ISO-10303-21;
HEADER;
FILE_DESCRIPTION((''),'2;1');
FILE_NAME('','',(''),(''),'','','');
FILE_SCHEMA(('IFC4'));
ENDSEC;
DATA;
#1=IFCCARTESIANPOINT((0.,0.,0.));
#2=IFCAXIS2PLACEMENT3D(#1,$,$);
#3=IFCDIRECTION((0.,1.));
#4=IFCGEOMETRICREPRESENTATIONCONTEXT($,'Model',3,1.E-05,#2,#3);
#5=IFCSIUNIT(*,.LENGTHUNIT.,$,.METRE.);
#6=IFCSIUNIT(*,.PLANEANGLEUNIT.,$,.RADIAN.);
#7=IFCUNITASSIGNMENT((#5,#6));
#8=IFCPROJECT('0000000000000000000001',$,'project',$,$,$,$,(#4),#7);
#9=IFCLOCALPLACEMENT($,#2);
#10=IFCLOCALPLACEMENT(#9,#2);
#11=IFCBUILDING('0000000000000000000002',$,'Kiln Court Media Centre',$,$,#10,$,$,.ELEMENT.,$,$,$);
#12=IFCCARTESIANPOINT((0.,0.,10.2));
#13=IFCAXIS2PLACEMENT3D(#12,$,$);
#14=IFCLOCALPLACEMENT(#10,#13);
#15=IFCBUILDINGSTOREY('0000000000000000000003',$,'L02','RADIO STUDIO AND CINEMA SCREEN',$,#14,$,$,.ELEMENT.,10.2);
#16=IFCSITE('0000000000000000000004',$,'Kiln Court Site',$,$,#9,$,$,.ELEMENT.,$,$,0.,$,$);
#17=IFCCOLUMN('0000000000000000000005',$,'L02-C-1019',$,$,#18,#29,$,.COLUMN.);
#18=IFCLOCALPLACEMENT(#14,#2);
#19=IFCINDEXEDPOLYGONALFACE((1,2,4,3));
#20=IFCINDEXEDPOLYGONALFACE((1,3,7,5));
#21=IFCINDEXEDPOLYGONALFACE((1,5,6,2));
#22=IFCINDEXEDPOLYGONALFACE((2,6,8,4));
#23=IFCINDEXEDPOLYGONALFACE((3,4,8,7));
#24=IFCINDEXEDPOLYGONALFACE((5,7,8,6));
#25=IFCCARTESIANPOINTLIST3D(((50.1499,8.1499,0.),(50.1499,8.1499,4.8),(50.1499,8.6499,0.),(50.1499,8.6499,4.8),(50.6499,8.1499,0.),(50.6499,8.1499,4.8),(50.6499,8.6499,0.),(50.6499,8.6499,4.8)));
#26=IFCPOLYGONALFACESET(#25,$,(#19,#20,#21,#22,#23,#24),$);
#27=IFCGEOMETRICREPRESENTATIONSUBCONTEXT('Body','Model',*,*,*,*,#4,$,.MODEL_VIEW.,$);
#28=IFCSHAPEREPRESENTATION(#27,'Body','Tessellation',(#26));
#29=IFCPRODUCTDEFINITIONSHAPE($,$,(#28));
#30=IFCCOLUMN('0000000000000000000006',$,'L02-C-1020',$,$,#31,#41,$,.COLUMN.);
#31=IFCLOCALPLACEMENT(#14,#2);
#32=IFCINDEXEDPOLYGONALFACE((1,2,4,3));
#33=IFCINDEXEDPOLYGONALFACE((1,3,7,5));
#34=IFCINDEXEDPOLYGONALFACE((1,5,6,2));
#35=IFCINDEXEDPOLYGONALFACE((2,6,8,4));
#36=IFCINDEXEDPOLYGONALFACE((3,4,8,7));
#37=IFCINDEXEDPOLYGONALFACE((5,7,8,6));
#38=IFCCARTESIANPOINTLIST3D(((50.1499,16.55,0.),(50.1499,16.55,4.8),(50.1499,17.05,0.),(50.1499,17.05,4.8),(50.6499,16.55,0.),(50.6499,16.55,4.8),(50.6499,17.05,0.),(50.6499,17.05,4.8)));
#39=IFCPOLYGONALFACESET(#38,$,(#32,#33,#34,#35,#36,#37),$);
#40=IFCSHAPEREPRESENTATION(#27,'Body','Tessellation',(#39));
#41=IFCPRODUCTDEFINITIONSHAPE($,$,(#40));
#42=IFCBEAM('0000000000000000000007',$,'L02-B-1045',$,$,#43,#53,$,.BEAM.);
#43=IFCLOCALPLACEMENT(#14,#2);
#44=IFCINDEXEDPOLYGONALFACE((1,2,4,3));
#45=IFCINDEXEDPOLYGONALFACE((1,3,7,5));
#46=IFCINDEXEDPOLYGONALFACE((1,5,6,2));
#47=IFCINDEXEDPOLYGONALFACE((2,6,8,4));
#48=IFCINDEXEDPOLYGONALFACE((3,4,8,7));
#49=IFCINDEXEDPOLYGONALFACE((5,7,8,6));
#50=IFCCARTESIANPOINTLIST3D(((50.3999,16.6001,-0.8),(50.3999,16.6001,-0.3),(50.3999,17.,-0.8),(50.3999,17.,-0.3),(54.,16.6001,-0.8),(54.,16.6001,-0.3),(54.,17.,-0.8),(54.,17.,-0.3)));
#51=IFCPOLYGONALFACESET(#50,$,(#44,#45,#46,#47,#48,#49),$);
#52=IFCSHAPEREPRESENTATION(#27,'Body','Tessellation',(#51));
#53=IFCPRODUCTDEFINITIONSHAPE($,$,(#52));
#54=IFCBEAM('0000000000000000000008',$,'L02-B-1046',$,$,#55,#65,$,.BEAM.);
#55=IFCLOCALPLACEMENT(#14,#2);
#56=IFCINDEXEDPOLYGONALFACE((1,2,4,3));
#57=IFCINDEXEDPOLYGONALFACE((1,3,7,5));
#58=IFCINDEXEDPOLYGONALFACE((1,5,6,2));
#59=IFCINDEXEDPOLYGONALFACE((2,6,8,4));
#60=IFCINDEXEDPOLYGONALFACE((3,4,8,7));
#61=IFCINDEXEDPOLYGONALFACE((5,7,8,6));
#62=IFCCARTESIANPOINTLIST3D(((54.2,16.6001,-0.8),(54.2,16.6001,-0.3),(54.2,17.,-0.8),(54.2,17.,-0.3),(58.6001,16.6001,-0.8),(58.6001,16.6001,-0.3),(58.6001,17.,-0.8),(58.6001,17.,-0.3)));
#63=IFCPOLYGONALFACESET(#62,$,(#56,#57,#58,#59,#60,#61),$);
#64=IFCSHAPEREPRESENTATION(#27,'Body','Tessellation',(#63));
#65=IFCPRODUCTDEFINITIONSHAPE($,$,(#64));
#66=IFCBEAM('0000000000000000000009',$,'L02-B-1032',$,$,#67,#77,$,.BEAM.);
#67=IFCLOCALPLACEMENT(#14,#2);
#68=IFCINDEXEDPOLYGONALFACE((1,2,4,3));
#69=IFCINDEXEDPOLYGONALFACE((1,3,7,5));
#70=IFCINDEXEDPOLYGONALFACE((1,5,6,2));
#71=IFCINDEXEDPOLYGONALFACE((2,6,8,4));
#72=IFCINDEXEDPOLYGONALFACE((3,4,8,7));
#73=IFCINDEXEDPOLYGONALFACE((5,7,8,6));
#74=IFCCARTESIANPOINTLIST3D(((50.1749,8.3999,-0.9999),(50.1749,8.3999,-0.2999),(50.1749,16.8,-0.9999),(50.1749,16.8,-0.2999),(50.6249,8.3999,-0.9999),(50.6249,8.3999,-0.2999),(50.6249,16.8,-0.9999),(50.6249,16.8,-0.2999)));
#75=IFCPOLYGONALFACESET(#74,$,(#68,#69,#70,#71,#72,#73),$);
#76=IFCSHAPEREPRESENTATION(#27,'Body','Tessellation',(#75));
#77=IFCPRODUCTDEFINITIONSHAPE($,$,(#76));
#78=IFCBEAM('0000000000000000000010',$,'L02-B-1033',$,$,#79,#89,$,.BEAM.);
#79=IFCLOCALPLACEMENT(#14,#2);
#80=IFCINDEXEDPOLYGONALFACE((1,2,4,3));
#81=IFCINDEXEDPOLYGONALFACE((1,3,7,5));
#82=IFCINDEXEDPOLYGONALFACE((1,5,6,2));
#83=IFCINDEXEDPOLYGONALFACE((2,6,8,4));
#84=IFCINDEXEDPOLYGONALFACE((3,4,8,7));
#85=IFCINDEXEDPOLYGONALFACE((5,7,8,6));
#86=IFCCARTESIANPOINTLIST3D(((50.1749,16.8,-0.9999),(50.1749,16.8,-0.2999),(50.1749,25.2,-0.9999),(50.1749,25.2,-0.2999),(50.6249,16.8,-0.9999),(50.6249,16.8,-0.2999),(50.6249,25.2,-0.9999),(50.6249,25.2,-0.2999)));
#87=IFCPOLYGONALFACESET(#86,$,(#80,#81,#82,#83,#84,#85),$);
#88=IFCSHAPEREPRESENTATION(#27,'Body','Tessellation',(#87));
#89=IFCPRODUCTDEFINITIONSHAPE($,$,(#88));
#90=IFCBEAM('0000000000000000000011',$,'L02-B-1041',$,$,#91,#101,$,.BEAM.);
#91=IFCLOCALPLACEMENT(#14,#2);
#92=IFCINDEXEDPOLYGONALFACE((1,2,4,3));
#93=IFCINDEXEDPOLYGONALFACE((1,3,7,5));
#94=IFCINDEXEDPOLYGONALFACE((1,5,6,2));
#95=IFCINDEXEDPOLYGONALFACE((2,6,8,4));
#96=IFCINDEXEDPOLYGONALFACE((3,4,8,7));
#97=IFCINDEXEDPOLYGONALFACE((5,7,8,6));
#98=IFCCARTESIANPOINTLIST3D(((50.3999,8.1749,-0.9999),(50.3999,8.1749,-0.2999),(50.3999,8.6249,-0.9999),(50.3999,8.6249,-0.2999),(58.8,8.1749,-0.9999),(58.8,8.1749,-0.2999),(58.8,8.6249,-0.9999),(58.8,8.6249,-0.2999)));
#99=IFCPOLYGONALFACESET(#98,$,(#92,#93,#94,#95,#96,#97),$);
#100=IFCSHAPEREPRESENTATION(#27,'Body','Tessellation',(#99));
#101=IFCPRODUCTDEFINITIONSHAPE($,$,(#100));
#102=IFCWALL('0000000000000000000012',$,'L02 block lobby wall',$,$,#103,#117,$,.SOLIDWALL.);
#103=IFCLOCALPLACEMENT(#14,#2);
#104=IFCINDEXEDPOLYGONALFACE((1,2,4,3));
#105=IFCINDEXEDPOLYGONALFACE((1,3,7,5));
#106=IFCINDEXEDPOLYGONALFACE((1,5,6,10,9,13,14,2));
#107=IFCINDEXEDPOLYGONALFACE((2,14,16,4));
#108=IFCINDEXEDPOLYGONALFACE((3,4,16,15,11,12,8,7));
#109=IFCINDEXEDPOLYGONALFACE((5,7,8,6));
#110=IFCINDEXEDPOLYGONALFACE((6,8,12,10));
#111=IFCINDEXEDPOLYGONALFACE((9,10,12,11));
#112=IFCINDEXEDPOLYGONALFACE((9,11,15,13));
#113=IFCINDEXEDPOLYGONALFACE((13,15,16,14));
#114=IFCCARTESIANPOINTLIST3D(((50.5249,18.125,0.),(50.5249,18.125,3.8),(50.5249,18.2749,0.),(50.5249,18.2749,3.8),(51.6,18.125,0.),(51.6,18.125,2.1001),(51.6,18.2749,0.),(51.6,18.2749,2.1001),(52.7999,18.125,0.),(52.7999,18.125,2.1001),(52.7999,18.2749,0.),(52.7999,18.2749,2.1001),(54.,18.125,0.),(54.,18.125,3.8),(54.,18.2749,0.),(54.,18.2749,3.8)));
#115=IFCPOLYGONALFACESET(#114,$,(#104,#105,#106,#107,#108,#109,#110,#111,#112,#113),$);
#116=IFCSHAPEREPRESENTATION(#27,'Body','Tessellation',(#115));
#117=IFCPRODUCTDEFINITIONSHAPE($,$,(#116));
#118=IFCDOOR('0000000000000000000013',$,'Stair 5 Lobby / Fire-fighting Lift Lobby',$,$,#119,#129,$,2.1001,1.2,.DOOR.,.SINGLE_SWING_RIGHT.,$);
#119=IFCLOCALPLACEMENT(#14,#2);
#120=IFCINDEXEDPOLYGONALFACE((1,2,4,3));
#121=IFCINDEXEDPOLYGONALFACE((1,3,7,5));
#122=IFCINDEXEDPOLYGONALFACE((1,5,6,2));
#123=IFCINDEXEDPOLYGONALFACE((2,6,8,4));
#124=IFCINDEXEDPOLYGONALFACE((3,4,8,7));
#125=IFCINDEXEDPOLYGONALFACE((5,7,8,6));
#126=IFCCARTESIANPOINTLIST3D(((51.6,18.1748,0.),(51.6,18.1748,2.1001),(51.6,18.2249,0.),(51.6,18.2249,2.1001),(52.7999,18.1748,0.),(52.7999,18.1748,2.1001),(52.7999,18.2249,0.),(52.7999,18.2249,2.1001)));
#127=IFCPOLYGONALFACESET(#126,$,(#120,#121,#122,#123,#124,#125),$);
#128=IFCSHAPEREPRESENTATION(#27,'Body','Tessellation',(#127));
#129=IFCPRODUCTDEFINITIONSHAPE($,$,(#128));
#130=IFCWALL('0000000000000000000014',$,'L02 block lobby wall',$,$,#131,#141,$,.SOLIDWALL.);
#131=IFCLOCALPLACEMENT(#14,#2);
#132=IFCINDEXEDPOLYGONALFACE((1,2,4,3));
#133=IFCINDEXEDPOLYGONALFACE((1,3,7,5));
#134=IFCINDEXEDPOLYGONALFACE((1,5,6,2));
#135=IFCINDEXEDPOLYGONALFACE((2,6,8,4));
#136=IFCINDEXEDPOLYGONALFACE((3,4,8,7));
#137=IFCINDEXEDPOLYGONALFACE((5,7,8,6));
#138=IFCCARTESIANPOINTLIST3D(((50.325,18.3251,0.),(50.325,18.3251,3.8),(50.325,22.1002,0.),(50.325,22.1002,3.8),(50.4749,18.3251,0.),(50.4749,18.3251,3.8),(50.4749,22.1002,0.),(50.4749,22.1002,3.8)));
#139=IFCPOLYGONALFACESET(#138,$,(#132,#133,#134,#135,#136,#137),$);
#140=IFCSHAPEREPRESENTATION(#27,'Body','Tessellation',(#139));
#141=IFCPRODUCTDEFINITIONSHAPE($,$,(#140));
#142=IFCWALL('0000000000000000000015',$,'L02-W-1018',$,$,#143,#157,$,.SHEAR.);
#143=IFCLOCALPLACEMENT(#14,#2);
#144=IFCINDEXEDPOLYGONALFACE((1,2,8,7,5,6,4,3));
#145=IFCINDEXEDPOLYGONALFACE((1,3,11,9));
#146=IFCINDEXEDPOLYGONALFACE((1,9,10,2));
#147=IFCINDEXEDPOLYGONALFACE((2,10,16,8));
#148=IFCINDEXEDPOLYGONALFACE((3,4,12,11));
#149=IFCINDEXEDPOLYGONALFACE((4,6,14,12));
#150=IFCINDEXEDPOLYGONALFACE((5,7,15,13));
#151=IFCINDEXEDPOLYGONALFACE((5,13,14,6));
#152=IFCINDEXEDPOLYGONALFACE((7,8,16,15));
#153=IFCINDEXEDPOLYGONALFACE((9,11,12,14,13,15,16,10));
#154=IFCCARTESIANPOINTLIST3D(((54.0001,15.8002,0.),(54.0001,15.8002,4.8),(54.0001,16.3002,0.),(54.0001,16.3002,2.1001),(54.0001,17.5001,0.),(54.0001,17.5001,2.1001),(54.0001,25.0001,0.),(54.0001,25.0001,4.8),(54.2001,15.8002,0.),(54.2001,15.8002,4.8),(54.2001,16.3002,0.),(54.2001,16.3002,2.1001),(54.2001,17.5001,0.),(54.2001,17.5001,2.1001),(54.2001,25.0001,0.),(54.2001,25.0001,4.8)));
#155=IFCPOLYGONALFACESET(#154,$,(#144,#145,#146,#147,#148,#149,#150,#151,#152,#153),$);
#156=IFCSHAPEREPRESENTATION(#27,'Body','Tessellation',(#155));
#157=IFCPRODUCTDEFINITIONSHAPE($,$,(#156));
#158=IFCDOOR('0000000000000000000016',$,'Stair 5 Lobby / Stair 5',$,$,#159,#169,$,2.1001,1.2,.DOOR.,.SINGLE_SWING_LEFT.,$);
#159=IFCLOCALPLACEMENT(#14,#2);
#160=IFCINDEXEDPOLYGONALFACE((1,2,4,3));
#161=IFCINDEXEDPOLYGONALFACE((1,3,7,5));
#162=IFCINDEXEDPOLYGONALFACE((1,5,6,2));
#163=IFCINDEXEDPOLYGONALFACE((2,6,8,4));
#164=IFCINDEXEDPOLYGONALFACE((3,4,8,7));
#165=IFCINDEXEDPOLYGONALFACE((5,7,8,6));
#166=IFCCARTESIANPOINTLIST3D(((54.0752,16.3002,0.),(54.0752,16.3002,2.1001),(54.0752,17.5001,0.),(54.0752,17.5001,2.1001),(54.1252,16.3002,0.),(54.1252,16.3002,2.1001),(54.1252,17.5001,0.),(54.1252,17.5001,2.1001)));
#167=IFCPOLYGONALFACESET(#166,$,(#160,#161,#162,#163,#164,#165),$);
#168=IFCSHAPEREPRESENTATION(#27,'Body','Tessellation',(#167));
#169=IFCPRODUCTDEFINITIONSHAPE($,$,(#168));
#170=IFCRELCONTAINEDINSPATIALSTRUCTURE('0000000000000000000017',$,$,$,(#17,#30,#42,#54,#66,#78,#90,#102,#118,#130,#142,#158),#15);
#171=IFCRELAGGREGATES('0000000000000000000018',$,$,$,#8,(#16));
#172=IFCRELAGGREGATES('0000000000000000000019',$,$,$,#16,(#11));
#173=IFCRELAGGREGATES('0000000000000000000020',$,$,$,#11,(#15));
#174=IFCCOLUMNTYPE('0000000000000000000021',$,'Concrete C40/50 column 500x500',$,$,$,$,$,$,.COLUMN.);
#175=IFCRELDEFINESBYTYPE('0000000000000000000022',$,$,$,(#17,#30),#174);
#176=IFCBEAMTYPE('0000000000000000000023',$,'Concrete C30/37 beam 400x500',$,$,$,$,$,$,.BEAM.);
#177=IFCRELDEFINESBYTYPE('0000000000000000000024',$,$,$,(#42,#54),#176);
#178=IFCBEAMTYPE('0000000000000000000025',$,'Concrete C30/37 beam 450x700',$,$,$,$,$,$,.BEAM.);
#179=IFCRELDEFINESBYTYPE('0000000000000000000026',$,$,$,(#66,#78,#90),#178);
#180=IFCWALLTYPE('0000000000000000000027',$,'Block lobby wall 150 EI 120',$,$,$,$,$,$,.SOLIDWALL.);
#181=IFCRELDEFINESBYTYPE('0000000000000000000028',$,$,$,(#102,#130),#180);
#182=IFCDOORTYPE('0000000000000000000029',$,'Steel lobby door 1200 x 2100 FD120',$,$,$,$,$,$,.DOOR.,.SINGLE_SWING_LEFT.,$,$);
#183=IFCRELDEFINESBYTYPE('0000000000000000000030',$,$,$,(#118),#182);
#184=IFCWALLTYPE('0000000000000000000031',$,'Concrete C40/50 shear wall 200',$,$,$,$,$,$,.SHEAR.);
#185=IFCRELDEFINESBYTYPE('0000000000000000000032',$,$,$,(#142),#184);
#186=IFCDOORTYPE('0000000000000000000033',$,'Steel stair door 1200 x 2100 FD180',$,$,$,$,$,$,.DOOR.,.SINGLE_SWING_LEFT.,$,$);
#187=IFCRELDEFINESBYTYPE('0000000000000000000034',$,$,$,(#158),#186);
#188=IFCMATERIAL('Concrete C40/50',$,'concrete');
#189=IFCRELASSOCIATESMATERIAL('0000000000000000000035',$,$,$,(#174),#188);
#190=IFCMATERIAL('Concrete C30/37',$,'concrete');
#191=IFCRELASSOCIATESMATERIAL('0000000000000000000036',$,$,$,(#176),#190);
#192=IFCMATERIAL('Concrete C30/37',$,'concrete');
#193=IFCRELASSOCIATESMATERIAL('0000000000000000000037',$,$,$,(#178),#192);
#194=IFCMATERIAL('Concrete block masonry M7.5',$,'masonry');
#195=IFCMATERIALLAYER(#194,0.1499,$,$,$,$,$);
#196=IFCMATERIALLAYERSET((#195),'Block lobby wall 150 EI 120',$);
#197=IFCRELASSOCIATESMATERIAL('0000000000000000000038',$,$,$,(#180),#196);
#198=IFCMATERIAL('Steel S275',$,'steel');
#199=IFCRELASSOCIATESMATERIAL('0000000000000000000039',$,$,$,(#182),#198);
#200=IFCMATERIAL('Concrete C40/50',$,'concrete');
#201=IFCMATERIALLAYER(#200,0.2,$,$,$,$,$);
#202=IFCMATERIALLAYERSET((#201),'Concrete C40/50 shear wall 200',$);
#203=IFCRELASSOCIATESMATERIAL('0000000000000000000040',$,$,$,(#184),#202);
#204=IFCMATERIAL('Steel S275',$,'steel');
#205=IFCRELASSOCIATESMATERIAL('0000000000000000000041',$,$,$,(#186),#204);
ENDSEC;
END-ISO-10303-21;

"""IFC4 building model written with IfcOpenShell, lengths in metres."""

from ifc_helpers import new_model, si_unit, direction, frame, frame_2d, origin, origin_2d, place, context, subcontext, project, spatial, rectangle, extrude, material, layer, layer_set, material_profile, profile_set, type_object, element, fill, save


model = new_model("IFC4")

# Units and contexts
model_context = context("Model", 3, precision=1e-05, world=origin(), true_north=direction((0.0, 1.0)))
body_context = subcontext(model_context, "Body", "Model", "MODEL_VIEW")
ifc_project = project(units=[si_unit("LENGTHUNIT", "METRE"), si_unit("PLANEANGLEUNIT", "RADIAN")], contexts=[model_context])

# Site, building, storey
site_placement = place(None, origin())
site = spatial("IfcSite", under=ifc_project, at=site_placement, Name="Kiln Court Site", CompositionType="ELEMENT", RefElevation=0.0)
building_placement = place(site_placement, origin())
building = spatial("IfcBuilding", under=site, at=building_placement, Name="Kiln Court Media Centre", CompositionType="ELEMENT")
storey_placement = place(building_placement, frame((0.0, 0.0, 10.2)))
storey = spatial("IfcBuildingStorey", under=building, at=storey_placement, Name="L02", Description="RADIO STUDIO AND CINEMA SCREEN", CompositionType="ELEMENT", Elevation=10.2)

# Columns
ifc_material_1 = material(Name="Concrete C40/50", Category="concrete")
ifc_material_profile_1 = material_profile(ifc_material_1, rectangle(XDim=0.5, YDim=0.5, at=origin_2d()), Name="RC 500x500")
ifc_profile_set_1 = profile_set([ifc_material_profile_1], Name="Concrete C40/50")
column_type = type_object("IfcColumnType", Name="Concrete C40/50 column 500x500", PredefinedType="COLUMN", material=ifc_profile_set_1)
for number, where, z_axis, x_axis, name in (
    (1, (50.3999, 8.3999, 0.0), (0.0, 0.0, 1.0), (1.0, 0.0, 0.0), "L02-C-1019"),
    (2, (50.3999, 16.8, 0.0), (0.0, 0.0, 1.0), (1.0, 0.0, 0.0), "L02-C-1020"),
):
    element("IfcColumn", number, at=place(storey_placement, frame(where, z_axis=z_axis, x_axis=x_axis)), inside=storey, type_object=column_type, Name=name, PredefinedType="COLUMN", context=body_context, shape_type="SweptSolid", body=[
        extrude(rectangle(XDim=0.5, YDim=0.5, at=origin_2d()), origin(), (0.0, 0.0, 1.0), 4.8),
    ])

# Beams
ifc_material_2 = material(Name="Concrete C30/37", Category="concrete")
ifc_material_profile_2 = material_profile(ifc_material_2, rectangle(XDim=0.3999, YDim=0.5, at=origin_2d()), Name="RC 400x500")
ifc_profile_set_2 = profile_set([ifc_material_profile_2], Name="Concrete C30/37")
beam_type_1 = type_object("IfcBeamType", Name="Concrete C30/37 beam 400x500", PredefinedType="BEAM", material=ifc_profile_set_2)
beam_1_placement = place(storey_placement, frame((50.3999, 16.8, -0.55), z_axis=(1.0, 0.0, 0.0), x_axis=(0.0, 1.0, 0.0)))
element("IfcBeam", 3, at=beam_1_placement, inside=storey, type_object=beam_type_1, Name="L02-B-1045", PredefinedType="BEAM", context=body_context, shape_type="SweptSolid", body=[
    extrude(rectangle(XDim=0.3999, YDim=0.5, at=origin_2d()), origin(), (0.0, 0.0, 1.0), 3.6001),
])
beam_2_placement = place(storey_placement, frame((54.2, 16.8, -0.55), z_axis=(1.0, 0.0, 0.0), x_axis=(0.0, 1.0, 0.0)))
element("IfcBeam", 4, at=beam_2_placement, inside=storey, type_object=beam_type_1, Name="L02-B-1046", PredefinedType="BEAM", context=body_context, shape_type="SweptSolid", body=[
    extrude(rectangle(XDim=0.3999, YDim=0.5, at=origin_2d()), origin(), (0.0, 0.0, 1.0), 4.4001),
])
ifc_material_3 = material(Name="Concrete C30/37", Category="concrete")
ifc_material_profile_3 = material_profile(ifc_material_3, rectangle(XDim=0.45, YDim=0.7, at=origin_2d()), Name="RC 450x700")
ifc_profile_set_3 = profile_set([ifc_material_profile_3], Name="Concrete C30/37")
beam_type_2 = type_object("IfcBeamType", Name="Concrete C30/37 beam 450x700", PredefinedType="BEAM", material=ifc_profile_set_3)
beam_3_placement = place(storey_placement, frame((50.3999, 8.3999, -0.6499), z_axis=(0.0, 1.0, 0.0), x_axis=(-1.0, 0.0, 0.0)))
element("IfcBeam", 5, at=beam_3_placement, inside=storey, type_object=beam_type_2, Name="L02-B-1032", PredefinedType="BEAM", context=body_context, shape_type="SweptSolid", body=[
    extrude(rectangle(XDim=0.45, YDim=0.7, at=origin_2d()), origin(), (0.0, 0.0, 1.0), 8.4001),
])
beam_4_placement = place(storey_placement, frame((50.3999, 16.8, -0.6499), z_axis=(0.0, 1.0, 0.0), x_axis=(-1.0, 0.0, 0.0)))
element("IfcBeam", 6, at=beam_4_placement, inside=storey, type_object=beam_type_2, Name="L02-B-1033", PredefinedType="BEAM", context=body_context, shape_type="SweptSolid", body=[
    extrude(rectangle(XDim=0.45, YDim=0.7, at=origin_2d()), origin(), (0.0, 0.0, 1.0), 8.3999),
])
beam_5_placement = place(storey_placement, frame((50.3999, 8.3999, -0.6499), z_axis=(1.0, 0.0, 0.0), x_axis=(0.0, 1.0, 0.0)))
element("IfcBeam", 7, at=beam_5_placement, inside=storey, type_object=beam_type_2, Name="L02-B-1041", PredefinedType="BEAM", context=body_context, shape_type="SweptSolid", body=[
    extrude(rectangle(XDim=0.45, YDim=0.7, at=origin_2d()), origin(), (0.0, 0.0, 1.0), 8.4001),
])

# Wall, opening, door
ifc_material_4 = material(Name="Concrete block masonry M7.5", Category="masonry")
ifc_layer_1 = layer(ifc_material_4, 0.1499)
ifc_layer_set_1 = layer_set([ifc_layer_1], Name="Block lobby wall 150 EI 120")
wall_type_1 = type_object("IfcWallType", Name="Block lobby wall 150 EI 120", PredefinedType="SOLIDWALL", material=ifc_layer_set_1)
wall_1_placement = place(storey_placement, frame((50.5249, 18.2, 0.0), z_axis=(0.0, 0.0, 1.0), x_axis=(1.0, 0.0, 0.0)))
wall_1 = element("IfcWall", 8, at=wall_1_placement, inside=storey, type_object=wall_type_1, Name="L02 block lobby wall", PredefinedType="SOLIDWALL", context=body_context, shape_type="SweptSolid", body=[
    extrude(rectangle(XDim=3.4751, YDim=0.1499, at=frame_2d((1.7375, 0.0))), origin(), (0.0, 0.0, 1.0), 3.8),
])
opening_1_placement = place(wall_1_placement, frame((1.075, 0.0, 0.0)))
opening_1 = element("IfcOpeningElement", 9, at=opening_1_placement, cuts=wall_1, PredefinedType="OPENING", context=body_context, shape_type="SweptSolid", body=[
    extrude(rectangle(XDim=1.2, YDim=2.1001, at=frame_2d((0.6001, 1.05))), frame((0.0, 0.085, 0.0), z_axis=(0.0, -1.0, 0.0), x_axis=(1.0, 0.0, 0.0)), (0.0, 0.0, 1.0), 0.1699),
])
ifc_material_5 = material(Name="Steel S275", Category="steel")
door_type_1 = type_object("IfcDoorType", Name="Steel lobby door 1200 x 2100 FD120", OperationType="SINGLE_SWING_LEFT", PredefinedType="DOOR", material=ifc_material_5)
door_1_placement = place(opening_1_placement, origin())
door_1 = element("IfcDoor", 10, at=door_1_placement, inside=storey, type_object=door_type_1, Name="Stair 5 Lobby / Fire-fighting Lift Lobby", OperationType="SINGLE_SWING_RIGHT", OverallHeight=2.1001, OverallWidth=1.2, PredefinedType="DOOR", context=body_context, shape_type="SweptSolid", body=[
    extrude(rectangle(XDim=1.2, YDim=2.1001, at=frame_2d((0.6001, 1.05))), frame((0.0, 0.0249, 0.0), z_axis=(0.0, -1.0, 0.0), x_axis=(1.0, 0.0, 0.0)), (0.0, 0.0, 1.0), 0.05),
])
fill(opening_1, door_1)

# Wall
wall_2_placement = place(storey_placement, frame((50.3999, 18.325, 0.0), z_axis=(0.0, 0.0, 1.0), x_axis=(0.0, 1.0, 0.0)))
element("IfcWall", 11, at=wall_2_placement, inside=storey, type_object=wall_type_1, Name="L02 block lobby wall", PredefinedType="SOLIDWALL", context=body_context, shape_type="SweptSolid", body=[
    extrude(rectangle(XDim=3.7751, YDim=0.1499, at=frame_2d((1.8877, 0.0))), origin(), (0.0, 0.0, 1.0), 3.8),
])

# Wall, opening, door
ifc_material_6 = material(Name="Concrete C40/50", Category="concrete")
ifc_layer_2 = layer(ifc_material_6, 0.2)
ifc_layer_set_2 = layer_set([ifc_layer_2], Name="Concrete C40/50 shear wall 200")
wall_type_2 = type_object("IfcWallType", Name="Concrete C40/50 shear wall 200", PredefinedType="SHEAR", material=ifc_layer_set_2)
wall_3_placement = place(storey_placement, frame((54.1001, 15.8, 0.0), z_axis=(0.0, 0.0, 1.0), x_axis=(0.0, 1.0, 0.0)))
wall_3 = element("IfcWall", 12, at=wall_3_placement, inside=storey, type_object=wall_type_2, Name="L02-W-1018", PredefinedType="SHEAR", context=body_context, shape_type="SweptSolid", body=[
    extrude(rectangle(XDim=9.2, YDim=0.2, at=frame_2d((4.6001, 0.0))), origin(), (0.0, 0.0, 1.0), 4.8),
])
opening_2_placement = place(wall_3_placement, frame((0.5, 0.0, 0.0)))
opening_2 = element("IfcOpeningElement", 13, at=opening_2_placement, cuts=wall_3, PredefinedType="OPENING", context=body_context, shape_type="SweptSolid", body=[
    extrude(rectangle(XDim=1.2, YDim=2.1001, at=frame_2d((0.6001, 1.05))), frame((0.0, 0.1099, 0.0), z_axis=(0.0, -1.0, 0.0), x_axis=(1.0, 0.0, 0.0)), (0.0, 0.0, 1.0), 0.22),
])
ifc_material_7 = material(Name="Steel S275", Category="steel")
door_type_2 = type_object("IfcDoorType", Name="Steel stair door 1200 x 2100 FD180", OperationType="SINGLE_SWING_LEFT", PredefinedType="DOOR", material=ifc_material_7)
door_2_placement = place(opening_2_placement, origin())
door_2 = element("IfcDoor", 14, at=door_2_placement, inside=storey, type_object=door_type_2, Name="Stair 5 Lobby / Stair 5", OperationType="SINGLE_SWING_LEFT", OverallHeight=2.1001, OverallWidth=1.2, PredefinedType="DOOR", context=body_context, shape_type="SweptSolid", body=[
    extrude(rectangle(XDim=1.2, YDim=2.1001, at=frame_2d((0.6001, 1.05))), frame((0.0, 0.0249, 0.0), z_axis=(0.0, -1.0, 0.0), x_axis=(1.0, 0.0, 0.0)), (0.0, 0.0, 1.0), 0.05),
])
fill(opening_2, door_2)

save(model, "model.ifc")
